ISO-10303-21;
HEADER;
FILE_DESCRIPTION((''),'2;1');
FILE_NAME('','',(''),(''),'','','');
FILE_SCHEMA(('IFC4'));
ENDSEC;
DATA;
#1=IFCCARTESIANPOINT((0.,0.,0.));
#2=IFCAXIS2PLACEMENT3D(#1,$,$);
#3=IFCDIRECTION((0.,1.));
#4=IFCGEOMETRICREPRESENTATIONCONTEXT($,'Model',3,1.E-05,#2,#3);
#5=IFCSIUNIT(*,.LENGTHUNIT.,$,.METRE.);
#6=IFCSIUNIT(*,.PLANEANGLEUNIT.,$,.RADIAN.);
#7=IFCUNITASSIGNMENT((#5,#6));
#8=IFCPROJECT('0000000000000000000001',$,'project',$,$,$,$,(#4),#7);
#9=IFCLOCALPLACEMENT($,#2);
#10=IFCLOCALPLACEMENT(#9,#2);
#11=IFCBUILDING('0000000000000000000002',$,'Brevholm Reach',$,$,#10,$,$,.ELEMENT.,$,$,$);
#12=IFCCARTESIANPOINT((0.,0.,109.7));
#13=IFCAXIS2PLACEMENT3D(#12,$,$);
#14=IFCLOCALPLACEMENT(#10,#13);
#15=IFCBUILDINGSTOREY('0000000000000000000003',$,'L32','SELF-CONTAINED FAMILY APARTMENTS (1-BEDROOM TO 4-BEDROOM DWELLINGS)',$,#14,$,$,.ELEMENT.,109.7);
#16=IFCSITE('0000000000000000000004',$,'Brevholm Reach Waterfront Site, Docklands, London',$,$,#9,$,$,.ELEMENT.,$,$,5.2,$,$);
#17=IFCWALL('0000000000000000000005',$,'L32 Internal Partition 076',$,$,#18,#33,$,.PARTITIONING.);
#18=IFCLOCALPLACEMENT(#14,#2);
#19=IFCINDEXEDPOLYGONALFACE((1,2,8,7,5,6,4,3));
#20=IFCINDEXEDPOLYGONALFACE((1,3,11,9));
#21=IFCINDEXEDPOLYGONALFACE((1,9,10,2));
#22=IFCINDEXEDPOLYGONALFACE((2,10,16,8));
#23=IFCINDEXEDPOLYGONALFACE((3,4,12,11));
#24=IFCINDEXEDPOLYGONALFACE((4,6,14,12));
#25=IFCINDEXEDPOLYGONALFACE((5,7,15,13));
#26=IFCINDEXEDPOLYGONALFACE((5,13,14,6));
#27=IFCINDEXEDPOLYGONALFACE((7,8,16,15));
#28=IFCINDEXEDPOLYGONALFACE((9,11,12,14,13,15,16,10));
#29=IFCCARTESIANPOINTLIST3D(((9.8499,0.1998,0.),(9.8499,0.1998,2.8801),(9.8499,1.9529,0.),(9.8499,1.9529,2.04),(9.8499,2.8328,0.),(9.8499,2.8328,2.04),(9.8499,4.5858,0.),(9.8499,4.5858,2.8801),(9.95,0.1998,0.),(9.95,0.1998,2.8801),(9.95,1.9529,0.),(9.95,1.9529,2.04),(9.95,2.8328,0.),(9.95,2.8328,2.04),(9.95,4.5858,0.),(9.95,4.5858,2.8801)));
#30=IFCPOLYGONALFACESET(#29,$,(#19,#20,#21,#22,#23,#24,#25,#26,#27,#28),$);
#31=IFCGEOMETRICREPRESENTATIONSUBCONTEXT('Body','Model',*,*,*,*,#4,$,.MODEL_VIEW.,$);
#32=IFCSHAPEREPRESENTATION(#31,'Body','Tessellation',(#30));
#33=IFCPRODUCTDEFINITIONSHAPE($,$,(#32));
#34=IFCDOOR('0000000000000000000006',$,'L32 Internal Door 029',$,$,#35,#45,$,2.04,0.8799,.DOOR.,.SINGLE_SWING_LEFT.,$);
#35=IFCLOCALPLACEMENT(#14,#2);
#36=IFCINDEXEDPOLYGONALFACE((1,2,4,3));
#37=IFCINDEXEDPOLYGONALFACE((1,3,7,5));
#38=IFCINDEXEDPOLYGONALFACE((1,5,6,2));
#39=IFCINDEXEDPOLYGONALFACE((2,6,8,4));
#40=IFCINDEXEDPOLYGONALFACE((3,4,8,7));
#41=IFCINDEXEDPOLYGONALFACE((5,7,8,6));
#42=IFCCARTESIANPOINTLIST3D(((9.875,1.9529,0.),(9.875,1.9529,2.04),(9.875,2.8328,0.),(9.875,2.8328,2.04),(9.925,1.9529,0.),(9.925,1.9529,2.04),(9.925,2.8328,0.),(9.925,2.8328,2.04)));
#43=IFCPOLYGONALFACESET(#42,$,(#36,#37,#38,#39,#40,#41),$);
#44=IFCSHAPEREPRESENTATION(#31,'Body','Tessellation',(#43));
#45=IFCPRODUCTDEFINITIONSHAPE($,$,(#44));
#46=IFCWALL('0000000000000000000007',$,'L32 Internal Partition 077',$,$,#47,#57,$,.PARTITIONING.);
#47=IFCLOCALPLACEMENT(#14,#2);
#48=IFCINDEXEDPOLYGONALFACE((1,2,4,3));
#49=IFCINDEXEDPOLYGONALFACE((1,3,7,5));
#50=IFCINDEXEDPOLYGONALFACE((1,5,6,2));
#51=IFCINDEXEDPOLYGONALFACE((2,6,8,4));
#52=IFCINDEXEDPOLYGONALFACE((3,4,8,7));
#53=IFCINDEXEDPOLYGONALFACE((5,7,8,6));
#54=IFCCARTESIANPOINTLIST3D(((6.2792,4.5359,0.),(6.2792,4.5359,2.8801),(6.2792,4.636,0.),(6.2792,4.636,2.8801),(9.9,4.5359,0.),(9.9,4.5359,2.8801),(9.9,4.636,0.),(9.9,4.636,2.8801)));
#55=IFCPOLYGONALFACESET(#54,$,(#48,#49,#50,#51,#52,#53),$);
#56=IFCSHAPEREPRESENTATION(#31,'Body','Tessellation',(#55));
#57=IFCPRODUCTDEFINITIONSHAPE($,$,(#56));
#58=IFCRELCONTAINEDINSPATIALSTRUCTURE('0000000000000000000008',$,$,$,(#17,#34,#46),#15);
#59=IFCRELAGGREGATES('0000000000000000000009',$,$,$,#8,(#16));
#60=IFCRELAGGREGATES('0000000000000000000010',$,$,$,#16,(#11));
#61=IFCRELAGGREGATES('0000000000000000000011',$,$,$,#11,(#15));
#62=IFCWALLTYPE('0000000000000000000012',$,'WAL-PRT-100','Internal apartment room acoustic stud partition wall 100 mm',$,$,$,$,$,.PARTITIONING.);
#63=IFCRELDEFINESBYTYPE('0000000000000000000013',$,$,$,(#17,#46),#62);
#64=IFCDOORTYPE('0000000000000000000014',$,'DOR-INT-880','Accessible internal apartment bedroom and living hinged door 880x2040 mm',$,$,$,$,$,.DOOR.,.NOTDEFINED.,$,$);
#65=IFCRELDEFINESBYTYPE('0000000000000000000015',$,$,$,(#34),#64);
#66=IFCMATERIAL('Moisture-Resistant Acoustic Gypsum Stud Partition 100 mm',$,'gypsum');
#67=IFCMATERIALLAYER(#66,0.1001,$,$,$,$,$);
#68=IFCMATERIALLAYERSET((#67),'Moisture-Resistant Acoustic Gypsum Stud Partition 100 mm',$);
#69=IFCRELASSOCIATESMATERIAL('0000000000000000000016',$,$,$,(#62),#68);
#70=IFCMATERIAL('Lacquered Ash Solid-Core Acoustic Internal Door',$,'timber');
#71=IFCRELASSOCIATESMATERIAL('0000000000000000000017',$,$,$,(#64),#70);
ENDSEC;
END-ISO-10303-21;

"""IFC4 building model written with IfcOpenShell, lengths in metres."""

from ifc_helpers import new_model, si_unit, direction, frame, frame_2d, origin, place, context, subcontext, project, spatial, rectangle, extrude, material, layer, layer_set, type_object, element, fill, save


model = new_model("IFC4")

# Units and contexts
model_context = context("Model", 3, precision=1e-05, world=origin(), true_north=direction((0.0, 1.0)))
body_context = subcontext(model_context, "Body", "Model", "MODEL_VIEW")
ifc_project = project(units=[si_unit("LENGTHUNIT", "METRE"), si_unit("PLANEANGLEUNIT", "RADIAN")], contexts=[model_context])

# Site, building, storey
site_placement = place(None, origin())
site = spatial("IfcSite", under=ifc_project, at=site_placement, Name="Brevholm Reach Waterfront Site, Docklands, London", CompositionType="ELEMENT", RefElevation=5.2)
building_placement = place(site_placement, origin())
building = spatial("IfcBuilding", under=site, at=building_placement, Name="Brevholm Reach", CompositionType="ELEMENT")
storey_placement = place(building_placement, frame((0.0, 0.0, 109.7)))
storey = spatial("IfcBuildingStorey", under=building, at=storey_placement, Name="L32", Description="SELF-CONTAINED FAMILY APARTMENTS (1-BEDROOM TO 4-BEDROOM DWELLINGS)", CompositionType="ELEMENT", Elevation=109.7)

# Shared definitions
ifc_material_1 = material(Name="Moisture-Resistant Acoustic Gypsum Stud Partition 100 mm", Category="gypsum")
ifc_layer_1 = layer(ifc_material_1, 0.1001)
ifc_layer_set_1 = layer_set([ifc_layer_1], Name="Moisture-Resistant Acoustic Gypsum Stud Partition 100 mm")
wall_type_1 = type_object("IfcWallType", Name="WAL-PRT-100", Description="Internal apartment room acoustic stud partition wall 100 mm", PredefinedType="PARTITIONING", material=ifc_layer_set_1)

# Shared definitions
ifc_material_2 = material(Name="Lacquered Ash Solid-Core Acoustic Internal Door", Category="timber")
door_type_1 = type_object("IfcDoorType", Name="DOR-INT-880", Description="Accessible internal apartment bedroom and living hinged door 880x2040 mm", OperationType="NOTDEFINED", PredefinedType="DOOR", material=ifc_material_2)

# Wall, opening, door
wall_1_placement = place(storey_placement, frame((9.8999, 0.2, 0.0), z_axis=(0.0, 0.0, 1.0), x_axis=(0.0, 1.0, 0.0)))
wall_1 = element("IfcWall", 1, at=wall_1_placement, inside=storey, type_object=wall_type_1, Name="L32 Internal Partition 076", PredefinedType="PARTITIONING", context=body_context, shape_type="SweptSolid", body=[
    extrude(rectangle(XDim=4.386, YDim=0.1001, at=frame_2d((2.1929, 0.0))), origin(), (0.0, 0.0, 1.0), 2.8801),
])
opening_1_placement = place(wall_1_placement, frame((1.7529, 0.0, 0.0)))
opening_1 = element("IfcOpeningElement", 2, at=opening_1_placement, cuts=wall_1, PredefinedType="OPENING", context=body_context, shape_type="SweptSolid", body=[
    extrude(rectangle(XDim=0.8799, YDim=2.04, at=frame_2d((0.4399, 1.02))), frame((0.0, 0.0601, 0.0), z_axis=(0.0, -1.0, 0.0), x_axis=(1.0, 0.0, 0.0)), (0.0, 0.0, 1.0), 0.1201),
])
door_1_placement = place(opening_1_placement, origin())
door_1 = element("IfcDoor", 3, at=door_1_placement, inside=storey, type_object=door_type_1, Name="L32 Internal Door 029", OperationType="SINGLE_SWING_LEFT", OverallHeight=2.04, OverallWidth=0.8799, PredefinedType="DOOR", context=body_context, shape_type="SweptSolid", body=[
    extrude(rectangle(XDim=0.8799, YDim=2.04, at=frame_2d((0.4399, 1.02))), frame((0.0, 0.0249, 0.0), z_axis=(0.0, -1.0, 0.0), x_axis=(1.0, 0.0, 0.0)), (0.0, 0.0, 1.0), 0.05),
])
fill(opening_1, door_1)

# Wall
wall_2_placement = place(storey_placement, frame((6.2791, 4.5859, 0.0), z_axis=(0.0, 0.0, 1.0), x_axis=(1.0, 0.0, 0.0)))
element("IfcWall", 4, at=wall_2_placement, inside=storey, type_object=wall_type_1, Name="L32 Internal Partition 077", PredefinedType="PARTITIONING", context=body_context, shape_type="SweptSolid", body=[
    extrude(rectangle(XDim=3.6208, YDim=0.1001, at=frame_2d((1.8105, 0.0))), origin(), (0.0, 0.0, 1.0), 2.8801),
])

save(model, "model.ifc")
